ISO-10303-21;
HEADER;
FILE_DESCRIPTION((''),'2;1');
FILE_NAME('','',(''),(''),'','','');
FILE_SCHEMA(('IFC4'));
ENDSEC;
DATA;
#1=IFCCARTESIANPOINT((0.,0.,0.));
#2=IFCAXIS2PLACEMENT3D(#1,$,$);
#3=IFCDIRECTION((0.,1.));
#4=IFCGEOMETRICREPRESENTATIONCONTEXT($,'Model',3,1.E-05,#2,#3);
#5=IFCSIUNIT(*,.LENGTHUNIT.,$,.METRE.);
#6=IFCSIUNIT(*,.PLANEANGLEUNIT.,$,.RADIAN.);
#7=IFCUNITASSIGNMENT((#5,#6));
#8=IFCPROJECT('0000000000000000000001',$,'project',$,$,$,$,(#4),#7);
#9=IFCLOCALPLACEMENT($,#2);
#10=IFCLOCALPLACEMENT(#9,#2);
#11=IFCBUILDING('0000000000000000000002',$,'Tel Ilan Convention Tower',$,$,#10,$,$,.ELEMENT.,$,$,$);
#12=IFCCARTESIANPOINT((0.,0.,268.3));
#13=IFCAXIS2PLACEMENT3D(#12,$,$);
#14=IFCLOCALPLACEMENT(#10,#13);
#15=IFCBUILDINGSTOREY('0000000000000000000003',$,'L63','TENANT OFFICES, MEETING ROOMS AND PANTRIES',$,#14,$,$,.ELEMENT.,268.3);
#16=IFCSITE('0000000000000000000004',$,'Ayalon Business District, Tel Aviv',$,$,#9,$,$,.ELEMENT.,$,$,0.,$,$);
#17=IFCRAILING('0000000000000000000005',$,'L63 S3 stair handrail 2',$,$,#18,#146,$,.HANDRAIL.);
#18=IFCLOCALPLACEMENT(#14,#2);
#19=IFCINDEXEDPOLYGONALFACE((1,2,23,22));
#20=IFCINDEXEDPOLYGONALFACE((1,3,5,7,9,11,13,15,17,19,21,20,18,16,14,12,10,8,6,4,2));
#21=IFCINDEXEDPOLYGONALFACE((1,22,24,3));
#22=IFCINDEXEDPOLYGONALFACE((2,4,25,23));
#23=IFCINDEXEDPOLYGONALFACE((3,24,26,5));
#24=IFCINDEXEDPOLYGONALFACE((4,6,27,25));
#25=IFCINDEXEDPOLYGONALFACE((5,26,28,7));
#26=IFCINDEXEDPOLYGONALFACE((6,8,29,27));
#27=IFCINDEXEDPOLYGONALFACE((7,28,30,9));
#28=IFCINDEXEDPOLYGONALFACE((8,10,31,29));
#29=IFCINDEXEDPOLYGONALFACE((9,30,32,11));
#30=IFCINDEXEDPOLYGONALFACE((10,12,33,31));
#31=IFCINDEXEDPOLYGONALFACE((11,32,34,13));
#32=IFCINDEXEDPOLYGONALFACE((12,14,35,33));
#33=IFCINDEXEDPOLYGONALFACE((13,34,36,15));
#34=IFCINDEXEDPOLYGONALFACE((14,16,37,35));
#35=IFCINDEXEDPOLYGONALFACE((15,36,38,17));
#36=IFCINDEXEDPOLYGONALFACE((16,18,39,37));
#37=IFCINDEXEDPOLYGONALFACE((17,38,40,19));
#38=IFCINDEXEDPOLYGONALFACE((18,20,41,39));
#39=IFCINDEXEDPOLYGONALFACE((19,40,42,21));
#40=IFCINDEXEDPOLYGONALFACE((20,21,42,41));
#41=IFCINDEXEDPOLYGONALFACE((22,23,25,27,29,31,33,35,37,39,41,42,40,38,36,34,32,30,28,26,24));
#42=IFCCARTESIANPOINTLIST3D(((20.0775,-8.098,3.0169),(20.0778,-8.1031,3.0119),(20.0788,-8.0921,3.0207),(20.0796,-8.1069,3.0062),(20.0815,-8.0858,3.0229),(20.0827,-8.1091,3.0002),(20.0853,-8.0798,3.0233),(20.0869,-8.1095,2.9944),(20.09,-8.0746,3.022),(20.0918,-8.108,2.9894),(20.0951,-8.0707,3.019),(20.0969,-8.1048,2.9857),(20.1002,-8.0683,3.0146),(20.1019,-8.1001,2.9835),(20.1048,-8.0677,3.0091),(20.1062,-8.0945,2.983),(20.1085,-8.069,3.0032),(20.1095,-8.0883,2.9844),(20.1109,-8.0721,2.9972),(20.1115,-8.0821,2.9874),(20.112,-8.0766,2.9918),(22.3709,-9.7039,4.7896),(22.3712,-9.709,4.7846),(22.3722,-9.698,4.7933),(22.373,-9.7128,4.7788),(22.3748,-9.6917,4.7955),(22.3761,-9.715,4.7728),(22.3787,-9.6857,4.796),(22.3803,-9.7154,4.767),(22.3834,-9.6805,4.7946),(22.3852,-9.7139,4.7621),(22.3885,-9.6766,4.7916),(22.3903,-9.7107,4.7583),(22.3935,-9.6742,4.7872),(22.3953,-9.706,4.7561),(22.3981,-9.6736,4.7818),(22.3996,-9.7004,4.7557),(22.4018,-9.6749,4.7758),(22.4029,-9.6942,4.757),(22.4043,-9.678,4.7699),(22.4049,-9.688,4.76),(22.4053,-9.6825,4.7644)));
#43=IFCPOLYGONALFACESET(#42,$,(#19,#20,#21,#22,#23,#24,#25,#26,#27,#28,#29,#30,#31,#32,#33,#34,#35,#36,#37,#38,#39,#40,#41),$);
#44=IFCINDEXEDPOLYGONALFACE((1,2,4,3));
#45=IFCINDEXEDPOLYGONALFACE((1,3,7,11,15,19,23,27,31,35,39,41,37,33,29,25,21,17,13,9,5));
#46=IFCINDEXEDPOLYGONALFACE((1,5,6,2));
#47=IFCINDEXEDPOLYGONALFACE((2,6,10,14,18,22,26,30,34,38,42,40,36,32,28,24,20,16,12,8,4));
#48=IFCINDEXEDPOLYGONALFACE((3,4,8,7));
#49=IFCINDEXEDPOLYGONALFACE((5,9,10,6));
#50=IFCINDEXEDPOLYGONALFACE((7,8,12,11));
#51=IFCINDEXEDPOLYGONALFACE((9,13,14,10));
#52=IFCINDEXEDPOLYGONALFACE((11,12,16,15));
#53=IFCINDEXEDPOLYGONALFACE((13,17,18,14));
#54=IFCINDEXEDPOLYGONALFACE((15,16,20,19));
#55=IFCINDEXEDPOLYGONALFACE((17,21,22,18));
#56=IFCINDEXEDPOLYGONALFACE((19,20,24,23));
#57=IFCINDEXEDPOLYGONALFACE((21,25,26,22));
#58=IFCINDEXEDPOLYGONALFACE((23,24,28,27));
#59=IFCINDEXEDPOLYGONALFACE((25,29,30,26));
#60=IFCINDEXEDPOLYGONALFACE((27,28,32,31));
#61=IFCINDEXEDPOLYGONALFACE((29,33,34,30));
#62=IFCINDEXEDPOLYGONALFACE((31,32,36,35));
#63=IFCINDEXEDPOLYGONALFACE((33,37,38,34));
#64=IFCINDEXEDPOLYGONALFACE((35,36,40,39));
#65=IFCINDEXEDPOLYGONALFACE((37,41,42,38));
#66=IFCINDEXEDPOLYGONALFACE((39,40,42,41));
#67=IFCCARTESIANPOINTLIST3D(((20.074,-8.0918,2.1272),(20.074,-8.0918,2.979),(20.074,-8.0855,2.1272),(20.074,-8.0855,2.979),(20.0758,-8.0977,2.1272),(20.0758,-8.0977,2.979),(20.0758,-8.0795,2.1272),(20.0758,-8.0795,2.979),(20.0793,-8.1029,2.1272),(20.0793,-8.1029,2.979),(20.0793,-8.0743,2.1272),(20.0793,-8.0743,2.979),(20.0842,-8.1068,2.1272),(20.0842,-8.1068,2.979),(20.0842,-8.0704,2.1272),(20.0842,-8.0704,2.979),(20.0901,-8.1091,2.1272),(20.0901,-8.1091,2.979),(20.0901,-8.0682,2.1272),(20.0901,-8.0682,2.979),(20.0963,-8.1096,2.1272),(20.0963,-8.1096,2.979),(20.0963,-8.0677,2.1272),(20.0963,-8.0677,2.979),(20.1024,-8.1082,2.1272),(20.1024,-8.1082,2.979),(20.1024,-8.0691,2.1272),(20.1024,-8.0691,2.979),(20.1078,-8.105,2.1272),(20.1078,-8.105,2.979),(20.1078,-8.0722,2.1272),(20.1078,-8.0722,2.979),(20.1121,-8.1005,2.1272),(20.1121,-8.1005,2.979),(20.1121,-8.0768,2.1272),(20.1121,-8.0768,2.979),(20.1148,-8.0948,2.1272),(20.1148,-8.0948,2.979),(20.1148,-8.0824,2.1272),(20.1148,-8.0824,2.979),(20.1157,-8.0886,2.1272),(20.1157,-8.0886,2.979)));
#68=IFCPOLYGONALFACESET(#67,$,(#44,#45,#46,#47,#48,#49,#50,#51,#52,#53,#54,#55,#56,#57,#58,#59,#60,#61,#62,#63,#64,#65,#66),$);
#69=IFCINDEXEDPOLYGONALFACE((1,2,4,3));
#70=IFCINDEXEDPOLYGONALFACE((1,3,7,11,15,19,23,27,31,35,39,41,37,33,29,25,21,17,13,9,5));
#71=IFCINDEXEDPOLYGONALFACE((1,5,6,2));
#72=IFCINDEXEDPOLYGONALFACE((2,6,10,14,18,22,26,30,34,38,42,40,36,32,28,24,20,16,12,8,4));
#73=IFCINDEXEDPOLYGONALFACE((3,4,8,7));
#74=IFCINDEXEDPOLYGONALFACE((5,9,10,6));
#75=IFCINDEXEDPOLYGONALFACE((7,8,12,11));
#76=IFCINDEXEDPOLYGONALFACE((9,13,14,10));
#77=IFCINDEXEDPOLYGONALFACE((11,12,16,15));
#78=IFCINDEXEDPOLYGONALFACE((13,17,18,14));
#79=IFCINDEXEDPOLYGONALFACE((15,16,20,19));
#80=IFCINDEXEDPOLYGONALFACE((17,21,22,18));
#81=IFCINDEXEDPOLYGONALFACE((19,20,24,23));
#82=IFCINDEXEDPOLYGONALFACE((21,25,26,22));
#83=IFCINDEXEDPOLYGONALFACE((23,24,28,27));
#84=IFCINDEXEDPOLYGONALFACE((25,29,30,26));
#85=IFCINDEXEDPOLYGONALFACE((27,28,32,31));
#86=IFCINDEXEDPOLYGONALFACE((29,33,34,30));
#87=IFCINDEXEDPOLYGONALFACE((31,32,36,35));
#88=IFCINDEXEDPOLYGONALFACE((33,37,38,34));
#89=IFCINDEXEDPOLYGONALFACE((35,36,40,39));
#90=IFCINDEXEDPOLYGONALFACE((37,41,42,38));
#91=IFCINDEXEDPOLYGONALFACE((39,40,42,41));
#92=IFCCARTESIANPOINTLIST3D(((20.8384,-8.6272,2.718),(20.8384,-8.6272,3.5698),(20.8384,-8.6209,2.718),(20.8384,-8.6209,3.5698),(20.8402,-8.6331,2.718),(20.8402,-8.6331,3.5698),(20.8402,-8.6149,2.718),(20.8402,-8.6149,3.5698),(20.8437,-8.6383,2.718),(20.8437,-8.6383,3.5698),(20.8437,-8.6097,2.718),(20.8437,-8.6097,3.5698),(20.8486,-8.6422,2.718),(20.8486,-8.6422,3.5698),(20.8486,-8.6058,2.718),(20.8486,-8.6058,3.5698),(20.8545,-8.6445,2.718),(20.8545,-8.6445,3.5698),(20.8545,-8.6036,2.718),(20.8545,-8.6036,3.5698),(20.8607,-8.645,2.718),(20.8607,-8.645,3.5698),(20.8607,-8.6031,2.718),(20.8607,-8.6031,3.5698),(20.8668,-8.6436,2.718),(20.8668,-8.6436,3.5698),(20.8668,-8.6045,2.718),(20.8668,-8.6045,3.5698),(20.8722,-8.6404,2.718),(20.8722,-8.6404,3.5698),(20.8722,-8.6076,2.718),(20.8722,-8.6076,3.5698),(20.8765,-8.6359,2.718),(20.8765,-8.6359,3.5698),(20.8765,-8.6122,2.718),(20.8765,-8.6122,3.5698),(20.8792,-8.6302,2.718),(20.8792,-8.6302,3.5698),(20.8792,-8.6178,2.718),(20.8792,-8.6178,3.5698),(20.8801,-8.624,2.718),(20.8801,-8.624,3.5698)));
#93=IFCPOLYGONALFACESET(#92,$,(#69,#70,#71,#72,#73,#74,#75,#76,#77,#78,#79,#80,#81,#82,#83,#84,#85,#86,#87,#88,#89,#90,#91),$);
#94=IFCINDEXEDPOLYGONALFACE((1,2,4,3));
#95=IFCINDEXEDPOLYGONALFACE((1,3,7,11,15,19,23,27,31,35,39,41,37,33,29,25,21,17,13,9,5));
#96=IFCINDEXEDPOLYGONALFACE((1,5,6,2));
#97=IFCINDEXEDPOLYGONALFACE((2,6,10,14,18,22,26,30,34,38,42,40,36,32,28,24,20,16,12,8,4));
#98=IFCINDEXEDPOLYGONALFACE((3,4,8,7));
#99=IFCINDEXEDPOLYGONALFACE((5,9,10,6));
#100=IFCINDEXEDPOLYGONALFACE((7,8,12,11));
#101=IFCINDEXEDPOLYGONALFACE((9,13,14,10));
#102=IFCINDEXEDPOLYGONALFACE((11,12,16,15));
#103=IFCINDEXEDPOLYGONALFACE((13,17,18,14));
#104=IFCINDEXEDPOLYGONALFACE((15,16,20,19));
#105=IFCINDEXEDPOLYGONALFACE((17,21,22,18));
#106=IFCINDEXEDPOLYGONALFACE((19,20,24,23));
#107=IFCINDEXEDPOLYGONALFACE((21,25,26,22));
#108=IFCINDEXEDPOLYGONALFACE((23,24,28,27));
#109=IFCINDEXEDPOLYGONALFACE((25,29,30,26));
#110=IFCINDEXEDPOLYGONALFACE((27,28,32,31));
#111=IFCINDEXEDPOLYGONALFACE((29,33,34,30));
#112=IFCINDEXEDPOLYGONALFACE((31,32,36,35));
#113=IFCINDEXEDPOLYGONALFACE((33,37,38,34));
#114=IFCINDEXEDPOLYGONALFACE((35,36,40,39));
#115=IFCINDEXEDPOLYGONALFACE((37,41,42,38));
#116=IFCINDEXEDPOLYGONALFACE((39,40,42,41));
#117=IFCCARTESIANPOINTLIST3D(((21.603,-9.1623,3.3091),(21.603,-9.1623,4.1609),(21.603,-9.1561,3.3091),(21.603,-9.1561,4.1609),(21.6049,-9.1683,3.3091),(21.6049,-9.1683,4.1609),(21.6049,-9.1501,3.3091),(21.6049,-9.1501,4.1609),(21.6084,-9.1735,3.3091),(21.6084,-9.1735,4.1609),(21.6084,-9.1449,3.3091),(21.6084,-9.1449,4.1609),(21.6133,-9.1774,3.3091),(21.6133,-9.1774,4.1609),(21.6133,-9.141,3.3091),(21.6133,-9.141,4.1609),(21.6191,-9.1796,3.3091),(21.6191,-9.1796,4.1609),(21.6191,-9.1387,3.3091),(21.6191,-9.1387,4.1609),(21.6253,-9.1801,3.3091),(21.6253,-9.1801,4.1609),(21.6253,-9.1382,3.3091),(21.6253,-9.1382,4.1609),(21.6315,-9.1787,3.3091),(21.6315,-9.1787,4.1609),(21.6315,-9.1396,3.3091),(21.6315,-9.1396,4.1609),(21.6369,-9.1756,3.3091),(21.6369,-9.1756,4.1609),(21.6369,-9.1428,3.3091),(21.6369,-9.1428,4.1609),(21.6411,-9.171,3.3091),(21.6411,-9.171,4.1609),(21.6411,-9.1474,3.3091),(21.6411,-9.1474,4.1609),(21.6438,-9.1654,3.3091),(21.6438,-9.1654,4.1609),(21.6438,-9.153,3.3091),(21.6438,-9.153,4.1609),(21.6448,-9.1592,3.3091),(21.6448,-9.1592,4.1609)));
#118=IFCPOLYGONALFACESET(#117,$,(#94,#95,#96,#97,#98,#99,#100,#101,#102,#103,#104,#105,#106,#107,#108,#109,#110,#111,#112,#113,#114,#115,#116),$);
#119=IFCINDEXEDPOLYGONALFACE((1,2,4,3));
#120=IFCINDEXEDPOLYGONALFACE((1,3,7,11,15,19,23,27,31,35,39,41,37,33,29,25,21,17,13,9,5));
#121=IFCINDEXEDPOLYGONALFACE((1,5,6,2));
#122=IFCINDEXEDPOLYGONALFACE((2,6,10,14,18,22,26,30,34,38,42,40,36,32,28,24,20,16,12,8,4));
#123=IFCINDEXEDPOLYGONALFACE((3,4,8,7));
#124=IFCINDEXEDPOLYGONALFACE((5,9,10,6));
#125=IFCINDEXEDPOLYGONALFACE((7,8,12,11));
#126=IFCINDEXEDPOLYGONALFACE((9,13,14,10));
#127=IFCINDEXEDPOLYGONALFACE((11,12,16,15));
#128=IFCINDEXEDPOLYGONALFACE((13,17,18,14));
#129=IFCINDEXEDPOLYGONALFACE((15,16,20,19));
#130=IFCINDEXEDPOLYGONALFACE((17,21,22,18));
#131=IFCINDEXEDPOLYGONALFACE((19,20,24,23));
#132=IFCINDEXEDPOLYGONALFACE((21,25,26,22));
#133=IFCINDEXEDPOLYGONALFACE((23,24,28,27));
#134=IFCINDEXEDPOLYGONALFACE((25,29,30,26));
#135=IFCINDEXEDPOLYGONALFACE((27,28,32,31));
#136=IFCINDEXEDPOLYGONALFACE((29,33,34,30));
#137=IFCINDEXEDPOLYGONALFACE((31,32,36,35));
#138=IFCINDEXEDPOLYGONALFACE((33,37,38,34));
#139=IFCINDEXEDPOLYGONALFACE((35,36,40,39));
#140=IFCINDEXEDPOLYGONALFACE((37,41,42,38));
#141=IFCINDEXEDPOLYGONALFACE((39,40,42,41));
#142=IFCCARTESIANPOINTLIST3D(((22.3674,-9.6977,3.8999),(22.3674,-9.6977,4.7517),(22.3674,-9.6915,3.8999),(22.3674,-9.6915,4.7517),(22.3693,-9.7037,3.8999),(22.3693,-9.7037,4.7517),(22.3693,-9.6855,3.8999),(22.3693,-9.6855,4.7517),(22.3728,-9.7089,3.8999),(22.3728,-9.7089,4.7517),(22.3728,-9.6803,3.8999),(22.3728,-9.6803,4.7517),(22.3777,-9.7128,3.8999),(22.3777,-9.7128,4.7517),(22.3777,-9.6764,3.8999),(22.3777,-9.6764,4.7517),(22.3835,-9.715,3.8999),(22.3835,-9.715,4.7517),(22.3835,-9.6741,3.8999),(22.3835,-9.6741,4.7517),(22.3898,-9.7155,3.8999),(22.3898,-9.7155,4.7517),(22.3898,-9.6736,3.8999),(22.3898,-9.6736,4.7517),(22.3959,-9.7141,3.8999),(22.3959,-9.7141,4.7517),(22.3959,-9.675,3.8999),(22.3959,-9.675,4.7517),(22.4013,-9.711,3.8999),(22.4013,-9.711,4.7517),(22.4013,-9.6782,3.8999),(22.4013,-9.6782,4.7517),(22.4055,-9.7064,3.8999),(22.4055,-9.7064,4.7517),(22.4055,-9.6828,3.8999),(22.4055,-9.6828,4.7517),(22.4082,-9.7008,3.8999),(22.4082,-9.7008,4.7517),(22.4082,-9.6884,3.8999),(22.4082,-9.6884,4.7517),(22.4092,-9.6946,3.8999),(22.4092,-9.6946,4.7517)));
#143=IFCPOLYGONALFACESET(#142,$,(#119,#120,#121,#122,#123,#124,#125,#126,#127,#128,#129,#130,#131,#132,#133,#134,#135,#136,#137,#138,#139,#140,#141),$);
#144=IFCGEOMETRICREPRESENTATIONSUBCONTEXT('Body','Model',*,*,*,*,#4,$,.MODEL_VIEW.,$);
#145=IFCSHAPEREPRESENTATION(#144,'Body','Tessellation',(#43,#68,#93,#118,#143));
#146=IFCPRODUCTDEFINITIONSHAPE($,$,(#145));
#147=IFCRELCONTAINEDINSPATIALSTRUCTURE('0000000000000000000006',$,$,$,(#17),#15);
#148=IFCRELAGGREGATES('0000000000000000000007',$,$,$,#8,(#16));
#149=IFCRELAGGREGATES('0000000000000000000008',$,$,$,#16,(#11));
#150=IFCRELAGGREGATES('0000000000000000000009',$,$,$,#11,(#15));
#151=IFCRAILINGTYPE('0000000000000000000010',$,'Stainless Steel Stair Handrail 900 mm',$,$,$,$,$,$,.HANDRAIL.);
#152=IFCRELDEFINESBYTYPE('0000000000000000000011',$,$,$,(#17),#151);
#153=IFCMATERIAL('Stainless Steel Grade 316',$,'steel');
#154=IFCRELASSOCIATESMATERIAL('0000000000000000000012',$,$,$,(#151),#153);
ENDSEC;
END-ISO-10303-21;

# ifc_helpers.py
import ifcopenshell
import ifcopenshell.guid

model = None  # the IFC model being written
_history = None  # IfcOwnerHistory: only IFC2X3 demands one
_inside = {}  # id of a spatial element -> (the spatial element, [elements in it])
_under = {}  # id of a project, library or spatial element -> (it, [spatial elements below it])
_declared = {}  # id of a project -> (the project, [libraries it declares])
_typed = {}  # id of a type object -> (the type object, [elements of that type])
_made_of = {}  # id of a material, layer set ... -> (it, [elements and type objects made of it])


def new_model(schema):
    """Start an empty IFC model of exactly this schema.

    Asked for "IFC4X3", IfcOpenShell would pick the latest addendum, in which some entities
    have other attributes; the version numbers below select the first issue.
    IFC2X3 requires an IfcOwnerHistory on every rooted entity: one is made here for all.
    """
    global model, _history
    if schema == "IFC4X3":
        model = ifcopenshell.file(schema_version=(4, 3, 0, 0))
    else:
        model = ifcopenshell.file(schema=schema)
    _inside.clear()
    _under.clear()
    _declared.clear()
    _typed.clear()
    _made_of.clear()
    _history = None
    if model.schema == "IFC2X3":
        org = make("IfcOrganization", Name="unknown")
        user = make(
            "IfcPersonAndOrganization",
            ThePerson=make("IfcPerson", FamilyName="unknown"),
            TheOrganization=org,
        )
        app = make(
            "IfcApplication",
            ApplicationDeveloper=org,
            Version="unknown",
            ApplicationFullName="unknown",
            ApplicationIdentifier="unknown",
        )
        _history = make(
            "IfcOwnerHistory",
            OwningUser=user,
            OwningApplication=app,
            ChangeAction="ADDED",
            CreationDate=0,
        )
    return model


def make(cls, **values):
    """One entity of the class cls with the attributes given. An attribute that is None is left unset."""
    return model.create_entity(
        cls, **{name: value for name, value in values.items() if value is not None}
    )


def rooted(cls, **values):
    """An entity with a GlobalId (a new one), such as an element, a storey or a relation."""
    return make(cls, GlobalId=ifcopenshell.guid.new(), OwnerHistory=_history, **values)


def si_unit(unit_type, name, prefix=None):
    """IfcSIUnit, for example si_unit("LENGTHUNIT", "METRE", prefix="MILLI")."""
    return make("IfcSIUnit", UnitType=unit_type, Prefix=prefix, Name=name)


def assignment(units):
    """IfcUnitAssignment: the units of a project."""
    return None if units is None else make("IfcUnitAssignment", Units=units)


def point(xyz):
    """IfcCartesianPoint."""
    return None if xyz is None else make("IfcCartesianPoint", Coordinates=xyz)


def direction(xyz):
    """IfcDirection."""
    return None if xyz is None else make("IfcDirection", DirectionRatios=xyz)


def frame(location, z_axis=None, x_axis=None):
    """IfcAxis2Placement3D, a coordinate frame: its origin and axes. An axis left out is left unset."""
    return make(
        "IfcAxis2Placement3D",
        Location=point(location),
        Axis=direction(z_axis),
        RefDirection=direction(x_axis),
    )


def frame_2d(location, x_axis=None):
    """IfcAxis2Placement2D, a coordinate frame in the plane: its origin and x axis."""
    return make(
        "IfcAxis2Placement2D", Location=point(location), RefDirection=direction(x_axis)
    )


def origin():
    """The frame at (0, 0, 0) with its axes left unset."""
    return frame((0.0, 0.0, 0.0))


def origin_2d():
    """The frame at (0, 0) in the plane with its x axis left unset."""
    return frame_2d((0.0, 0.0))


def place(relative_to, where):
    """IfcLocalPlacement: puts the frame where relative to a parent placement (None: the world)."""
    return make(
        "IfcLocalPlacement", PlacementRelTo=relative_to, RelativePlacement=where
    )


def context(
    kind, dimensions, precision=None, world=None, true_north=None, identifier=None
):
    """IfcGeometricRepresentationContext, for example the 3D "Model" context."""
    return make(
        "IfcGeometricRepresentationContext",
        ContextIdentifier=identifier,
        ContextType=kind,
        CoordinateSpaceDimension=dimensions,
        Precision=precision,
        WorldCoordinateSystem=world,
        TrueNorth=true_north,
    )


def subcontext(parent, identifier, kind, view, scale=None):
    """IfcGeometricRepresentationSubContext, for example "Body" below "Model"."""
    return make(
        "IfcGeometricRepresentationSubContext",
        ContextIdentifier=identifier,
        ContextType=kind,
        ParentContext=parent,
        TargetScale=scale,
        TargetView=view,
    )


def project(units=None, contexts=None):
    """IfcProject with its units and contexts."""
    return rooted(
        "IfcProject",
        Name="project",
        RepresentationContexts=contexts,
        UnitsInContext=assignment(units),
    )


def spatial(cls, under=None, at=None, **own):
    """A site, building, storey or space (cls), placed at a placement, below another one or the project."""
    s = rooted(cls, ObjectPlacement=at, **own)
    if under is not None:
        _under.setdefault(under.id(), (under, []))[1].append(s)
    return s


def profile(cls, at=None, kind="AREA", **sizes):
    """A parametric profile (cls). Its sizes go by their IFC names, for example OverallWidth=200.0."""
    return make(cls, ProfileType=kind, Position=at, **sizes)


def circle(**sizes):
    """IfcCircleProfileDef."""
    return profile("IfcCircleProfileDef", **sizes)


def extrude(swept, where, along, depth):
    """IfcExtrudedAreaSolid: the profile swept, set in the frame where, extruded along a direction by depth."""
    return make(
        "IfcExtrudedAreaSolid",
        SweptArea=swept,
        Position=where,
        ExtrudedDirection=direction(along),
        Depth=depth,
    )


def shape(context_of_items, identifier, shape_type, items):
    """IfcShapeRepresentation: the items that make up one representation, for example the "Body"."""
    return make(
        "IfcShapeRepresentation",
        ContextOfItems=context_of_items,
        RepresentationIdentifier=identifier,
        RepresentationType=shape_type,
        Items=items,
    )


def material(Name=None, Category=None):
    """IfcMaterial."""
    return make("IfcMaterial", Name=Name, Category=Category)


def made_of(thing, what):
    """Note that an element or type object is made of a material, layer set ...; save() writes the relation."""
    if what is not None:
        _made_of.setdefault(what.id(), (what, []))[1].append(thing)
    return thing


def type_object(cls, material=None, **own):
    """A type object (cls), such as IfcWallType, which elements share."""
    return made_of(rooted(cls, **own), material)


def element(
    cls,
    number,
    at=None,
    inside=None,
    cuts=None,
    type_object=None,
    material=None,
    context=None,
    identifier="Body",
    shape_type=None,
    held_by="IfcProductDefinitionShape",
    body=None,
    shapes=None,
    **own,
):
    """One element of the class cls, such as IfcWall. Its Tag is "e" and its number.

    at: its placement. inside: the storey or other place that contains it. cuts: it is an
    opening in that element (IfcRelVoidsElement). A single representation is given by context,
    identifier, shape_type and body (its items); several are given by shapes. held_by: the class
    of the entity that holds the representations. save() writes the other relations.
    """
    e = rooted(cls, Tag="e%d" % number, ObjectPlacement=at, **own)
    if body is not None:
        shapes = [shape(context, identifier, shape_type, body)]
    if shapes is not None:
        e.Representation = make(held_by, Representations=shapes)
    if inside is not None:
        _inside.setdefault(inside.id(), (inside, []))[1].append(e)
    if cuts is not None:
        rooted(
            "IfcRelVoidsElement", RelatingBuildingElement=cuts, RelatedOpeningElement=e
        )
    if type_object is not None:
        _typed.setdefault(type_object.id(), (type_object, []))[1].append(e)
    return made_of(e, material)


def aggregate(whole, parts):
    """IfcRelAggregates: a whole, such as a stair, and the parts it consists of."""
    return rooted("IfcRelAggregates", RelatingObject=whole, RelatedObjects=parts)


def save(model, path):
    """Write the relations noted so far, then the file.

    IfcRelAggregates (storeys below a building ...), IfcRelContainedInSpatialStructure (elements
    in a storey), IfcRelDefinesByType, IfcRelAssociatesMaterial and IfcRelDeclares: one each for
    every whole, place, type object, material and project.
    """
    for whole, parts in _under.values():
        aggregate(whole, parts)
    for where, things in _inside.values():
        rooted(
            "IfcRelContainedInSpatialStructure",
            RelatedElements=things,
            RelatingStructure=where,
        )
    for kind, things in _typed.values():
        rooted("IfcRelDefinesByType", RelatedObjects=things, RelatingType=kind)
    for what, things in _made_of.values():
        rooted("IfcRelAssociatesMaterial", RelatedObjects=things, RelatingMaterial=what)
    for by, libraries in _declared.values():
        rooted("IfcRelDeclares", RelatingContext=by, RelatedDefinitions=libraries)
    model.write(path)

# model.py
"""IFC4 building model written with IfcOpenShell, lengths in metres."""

from ifc_helpers import new_model, si_unit, direction, frame, origin, origin_2d, place, context, subcontext, project, spatial, circle, extrude, material, type_object, element, save


model = new_model("IFC4")

# Units and contexts
model_context = context("Model", 3, precision=1e-05, world=origin(), true_north=direction((0.0, 1.0)))
body_context = subcontext(model_context, "Body", "Model", "MODEL_VIEW")
ifc_project = project(units=[si_unit("LENGTHUNIT", "METRE"), si_unit("PLANEANGLEUNIT", "RADIAN")], contexts=[model_context])

# Site, building, storey
site_placement = place(None, origin())
site = spatial("IfcSite", under=ifc_project, at=site_placement, Name="Ayalon Business District, Tel Aviv", CompositionType="ELEMENT", RefElevation=0.0)
building_placement = place(site_placement, origin())
building = spatial("IfcBuilding", under=site, at=building_placement, Name="Tel Ilan Convention Tower", CompositionType="ELEMENT")
storey_placement = place(building_placement, frame((0.0, 0.0, 268.3)))
storey = spatial("IfcBuildingStorey", under=building, at=storey_placement, Name="L63", Description="TENANT OFFICES, MEETING ROOMS AND PANTRIES", CompositionType="ELEMENT", Elevation=268.3)

# Railing
ifc_material_1 = material(Name="Stainless Steel Grade 316", Category="steel")
railing_type_1 = type_object("IfcRailingType", Name="Stainless Steel Stair Handrail 900 mm", PredefinedType="HANDRAIL", material=ifc_material_1)
railing_1_placement = place(storey_placement, frame((20.0947, -8.0886, 2.1272)))
element("IfcRailing", 1, at=railing_1_placement, inside=storey, type_object=railing_type_1, Name="L63 S3 stair handrail 2", PredefinedType="HANDRAIL", context=body_context, shape_type="SweptSolid", body=[
    extrude(circle(Radius=0.0239, at=origin_2d()), frame((0.0, 0.0, 0.876), z_axis=(0.692085, -0.484621, 0.53494), x_axis=(0.573591, 0.819142, 0.0)), (0.0, 0.0, 1.0), 3.3137),
    extrude(circle(Radius=0.021, at=origin_2d()), origin(), (0.0, 0.0, 1.0), 0.8518),
    extrude(circle(Radius=0.021, at=origin_2d()), frame((0.7644, -0.5354, 0.5908)), (0.0, 0.0, 1.0), 0.8518),
    extrude(circle(Radius=0.021, at=origin_2d()), frame((1.5291, -1.0706, 1.1819)), (0.0, 0.0, 1.0), 0.8518),
    extrude(circle(Radius=0.021, at=origin_2d()), frame((2.2935, -1.606, 1.7727)), (0.0, 0.0, 1.0), 0.8518),
])

save(model, "model.ifc")
